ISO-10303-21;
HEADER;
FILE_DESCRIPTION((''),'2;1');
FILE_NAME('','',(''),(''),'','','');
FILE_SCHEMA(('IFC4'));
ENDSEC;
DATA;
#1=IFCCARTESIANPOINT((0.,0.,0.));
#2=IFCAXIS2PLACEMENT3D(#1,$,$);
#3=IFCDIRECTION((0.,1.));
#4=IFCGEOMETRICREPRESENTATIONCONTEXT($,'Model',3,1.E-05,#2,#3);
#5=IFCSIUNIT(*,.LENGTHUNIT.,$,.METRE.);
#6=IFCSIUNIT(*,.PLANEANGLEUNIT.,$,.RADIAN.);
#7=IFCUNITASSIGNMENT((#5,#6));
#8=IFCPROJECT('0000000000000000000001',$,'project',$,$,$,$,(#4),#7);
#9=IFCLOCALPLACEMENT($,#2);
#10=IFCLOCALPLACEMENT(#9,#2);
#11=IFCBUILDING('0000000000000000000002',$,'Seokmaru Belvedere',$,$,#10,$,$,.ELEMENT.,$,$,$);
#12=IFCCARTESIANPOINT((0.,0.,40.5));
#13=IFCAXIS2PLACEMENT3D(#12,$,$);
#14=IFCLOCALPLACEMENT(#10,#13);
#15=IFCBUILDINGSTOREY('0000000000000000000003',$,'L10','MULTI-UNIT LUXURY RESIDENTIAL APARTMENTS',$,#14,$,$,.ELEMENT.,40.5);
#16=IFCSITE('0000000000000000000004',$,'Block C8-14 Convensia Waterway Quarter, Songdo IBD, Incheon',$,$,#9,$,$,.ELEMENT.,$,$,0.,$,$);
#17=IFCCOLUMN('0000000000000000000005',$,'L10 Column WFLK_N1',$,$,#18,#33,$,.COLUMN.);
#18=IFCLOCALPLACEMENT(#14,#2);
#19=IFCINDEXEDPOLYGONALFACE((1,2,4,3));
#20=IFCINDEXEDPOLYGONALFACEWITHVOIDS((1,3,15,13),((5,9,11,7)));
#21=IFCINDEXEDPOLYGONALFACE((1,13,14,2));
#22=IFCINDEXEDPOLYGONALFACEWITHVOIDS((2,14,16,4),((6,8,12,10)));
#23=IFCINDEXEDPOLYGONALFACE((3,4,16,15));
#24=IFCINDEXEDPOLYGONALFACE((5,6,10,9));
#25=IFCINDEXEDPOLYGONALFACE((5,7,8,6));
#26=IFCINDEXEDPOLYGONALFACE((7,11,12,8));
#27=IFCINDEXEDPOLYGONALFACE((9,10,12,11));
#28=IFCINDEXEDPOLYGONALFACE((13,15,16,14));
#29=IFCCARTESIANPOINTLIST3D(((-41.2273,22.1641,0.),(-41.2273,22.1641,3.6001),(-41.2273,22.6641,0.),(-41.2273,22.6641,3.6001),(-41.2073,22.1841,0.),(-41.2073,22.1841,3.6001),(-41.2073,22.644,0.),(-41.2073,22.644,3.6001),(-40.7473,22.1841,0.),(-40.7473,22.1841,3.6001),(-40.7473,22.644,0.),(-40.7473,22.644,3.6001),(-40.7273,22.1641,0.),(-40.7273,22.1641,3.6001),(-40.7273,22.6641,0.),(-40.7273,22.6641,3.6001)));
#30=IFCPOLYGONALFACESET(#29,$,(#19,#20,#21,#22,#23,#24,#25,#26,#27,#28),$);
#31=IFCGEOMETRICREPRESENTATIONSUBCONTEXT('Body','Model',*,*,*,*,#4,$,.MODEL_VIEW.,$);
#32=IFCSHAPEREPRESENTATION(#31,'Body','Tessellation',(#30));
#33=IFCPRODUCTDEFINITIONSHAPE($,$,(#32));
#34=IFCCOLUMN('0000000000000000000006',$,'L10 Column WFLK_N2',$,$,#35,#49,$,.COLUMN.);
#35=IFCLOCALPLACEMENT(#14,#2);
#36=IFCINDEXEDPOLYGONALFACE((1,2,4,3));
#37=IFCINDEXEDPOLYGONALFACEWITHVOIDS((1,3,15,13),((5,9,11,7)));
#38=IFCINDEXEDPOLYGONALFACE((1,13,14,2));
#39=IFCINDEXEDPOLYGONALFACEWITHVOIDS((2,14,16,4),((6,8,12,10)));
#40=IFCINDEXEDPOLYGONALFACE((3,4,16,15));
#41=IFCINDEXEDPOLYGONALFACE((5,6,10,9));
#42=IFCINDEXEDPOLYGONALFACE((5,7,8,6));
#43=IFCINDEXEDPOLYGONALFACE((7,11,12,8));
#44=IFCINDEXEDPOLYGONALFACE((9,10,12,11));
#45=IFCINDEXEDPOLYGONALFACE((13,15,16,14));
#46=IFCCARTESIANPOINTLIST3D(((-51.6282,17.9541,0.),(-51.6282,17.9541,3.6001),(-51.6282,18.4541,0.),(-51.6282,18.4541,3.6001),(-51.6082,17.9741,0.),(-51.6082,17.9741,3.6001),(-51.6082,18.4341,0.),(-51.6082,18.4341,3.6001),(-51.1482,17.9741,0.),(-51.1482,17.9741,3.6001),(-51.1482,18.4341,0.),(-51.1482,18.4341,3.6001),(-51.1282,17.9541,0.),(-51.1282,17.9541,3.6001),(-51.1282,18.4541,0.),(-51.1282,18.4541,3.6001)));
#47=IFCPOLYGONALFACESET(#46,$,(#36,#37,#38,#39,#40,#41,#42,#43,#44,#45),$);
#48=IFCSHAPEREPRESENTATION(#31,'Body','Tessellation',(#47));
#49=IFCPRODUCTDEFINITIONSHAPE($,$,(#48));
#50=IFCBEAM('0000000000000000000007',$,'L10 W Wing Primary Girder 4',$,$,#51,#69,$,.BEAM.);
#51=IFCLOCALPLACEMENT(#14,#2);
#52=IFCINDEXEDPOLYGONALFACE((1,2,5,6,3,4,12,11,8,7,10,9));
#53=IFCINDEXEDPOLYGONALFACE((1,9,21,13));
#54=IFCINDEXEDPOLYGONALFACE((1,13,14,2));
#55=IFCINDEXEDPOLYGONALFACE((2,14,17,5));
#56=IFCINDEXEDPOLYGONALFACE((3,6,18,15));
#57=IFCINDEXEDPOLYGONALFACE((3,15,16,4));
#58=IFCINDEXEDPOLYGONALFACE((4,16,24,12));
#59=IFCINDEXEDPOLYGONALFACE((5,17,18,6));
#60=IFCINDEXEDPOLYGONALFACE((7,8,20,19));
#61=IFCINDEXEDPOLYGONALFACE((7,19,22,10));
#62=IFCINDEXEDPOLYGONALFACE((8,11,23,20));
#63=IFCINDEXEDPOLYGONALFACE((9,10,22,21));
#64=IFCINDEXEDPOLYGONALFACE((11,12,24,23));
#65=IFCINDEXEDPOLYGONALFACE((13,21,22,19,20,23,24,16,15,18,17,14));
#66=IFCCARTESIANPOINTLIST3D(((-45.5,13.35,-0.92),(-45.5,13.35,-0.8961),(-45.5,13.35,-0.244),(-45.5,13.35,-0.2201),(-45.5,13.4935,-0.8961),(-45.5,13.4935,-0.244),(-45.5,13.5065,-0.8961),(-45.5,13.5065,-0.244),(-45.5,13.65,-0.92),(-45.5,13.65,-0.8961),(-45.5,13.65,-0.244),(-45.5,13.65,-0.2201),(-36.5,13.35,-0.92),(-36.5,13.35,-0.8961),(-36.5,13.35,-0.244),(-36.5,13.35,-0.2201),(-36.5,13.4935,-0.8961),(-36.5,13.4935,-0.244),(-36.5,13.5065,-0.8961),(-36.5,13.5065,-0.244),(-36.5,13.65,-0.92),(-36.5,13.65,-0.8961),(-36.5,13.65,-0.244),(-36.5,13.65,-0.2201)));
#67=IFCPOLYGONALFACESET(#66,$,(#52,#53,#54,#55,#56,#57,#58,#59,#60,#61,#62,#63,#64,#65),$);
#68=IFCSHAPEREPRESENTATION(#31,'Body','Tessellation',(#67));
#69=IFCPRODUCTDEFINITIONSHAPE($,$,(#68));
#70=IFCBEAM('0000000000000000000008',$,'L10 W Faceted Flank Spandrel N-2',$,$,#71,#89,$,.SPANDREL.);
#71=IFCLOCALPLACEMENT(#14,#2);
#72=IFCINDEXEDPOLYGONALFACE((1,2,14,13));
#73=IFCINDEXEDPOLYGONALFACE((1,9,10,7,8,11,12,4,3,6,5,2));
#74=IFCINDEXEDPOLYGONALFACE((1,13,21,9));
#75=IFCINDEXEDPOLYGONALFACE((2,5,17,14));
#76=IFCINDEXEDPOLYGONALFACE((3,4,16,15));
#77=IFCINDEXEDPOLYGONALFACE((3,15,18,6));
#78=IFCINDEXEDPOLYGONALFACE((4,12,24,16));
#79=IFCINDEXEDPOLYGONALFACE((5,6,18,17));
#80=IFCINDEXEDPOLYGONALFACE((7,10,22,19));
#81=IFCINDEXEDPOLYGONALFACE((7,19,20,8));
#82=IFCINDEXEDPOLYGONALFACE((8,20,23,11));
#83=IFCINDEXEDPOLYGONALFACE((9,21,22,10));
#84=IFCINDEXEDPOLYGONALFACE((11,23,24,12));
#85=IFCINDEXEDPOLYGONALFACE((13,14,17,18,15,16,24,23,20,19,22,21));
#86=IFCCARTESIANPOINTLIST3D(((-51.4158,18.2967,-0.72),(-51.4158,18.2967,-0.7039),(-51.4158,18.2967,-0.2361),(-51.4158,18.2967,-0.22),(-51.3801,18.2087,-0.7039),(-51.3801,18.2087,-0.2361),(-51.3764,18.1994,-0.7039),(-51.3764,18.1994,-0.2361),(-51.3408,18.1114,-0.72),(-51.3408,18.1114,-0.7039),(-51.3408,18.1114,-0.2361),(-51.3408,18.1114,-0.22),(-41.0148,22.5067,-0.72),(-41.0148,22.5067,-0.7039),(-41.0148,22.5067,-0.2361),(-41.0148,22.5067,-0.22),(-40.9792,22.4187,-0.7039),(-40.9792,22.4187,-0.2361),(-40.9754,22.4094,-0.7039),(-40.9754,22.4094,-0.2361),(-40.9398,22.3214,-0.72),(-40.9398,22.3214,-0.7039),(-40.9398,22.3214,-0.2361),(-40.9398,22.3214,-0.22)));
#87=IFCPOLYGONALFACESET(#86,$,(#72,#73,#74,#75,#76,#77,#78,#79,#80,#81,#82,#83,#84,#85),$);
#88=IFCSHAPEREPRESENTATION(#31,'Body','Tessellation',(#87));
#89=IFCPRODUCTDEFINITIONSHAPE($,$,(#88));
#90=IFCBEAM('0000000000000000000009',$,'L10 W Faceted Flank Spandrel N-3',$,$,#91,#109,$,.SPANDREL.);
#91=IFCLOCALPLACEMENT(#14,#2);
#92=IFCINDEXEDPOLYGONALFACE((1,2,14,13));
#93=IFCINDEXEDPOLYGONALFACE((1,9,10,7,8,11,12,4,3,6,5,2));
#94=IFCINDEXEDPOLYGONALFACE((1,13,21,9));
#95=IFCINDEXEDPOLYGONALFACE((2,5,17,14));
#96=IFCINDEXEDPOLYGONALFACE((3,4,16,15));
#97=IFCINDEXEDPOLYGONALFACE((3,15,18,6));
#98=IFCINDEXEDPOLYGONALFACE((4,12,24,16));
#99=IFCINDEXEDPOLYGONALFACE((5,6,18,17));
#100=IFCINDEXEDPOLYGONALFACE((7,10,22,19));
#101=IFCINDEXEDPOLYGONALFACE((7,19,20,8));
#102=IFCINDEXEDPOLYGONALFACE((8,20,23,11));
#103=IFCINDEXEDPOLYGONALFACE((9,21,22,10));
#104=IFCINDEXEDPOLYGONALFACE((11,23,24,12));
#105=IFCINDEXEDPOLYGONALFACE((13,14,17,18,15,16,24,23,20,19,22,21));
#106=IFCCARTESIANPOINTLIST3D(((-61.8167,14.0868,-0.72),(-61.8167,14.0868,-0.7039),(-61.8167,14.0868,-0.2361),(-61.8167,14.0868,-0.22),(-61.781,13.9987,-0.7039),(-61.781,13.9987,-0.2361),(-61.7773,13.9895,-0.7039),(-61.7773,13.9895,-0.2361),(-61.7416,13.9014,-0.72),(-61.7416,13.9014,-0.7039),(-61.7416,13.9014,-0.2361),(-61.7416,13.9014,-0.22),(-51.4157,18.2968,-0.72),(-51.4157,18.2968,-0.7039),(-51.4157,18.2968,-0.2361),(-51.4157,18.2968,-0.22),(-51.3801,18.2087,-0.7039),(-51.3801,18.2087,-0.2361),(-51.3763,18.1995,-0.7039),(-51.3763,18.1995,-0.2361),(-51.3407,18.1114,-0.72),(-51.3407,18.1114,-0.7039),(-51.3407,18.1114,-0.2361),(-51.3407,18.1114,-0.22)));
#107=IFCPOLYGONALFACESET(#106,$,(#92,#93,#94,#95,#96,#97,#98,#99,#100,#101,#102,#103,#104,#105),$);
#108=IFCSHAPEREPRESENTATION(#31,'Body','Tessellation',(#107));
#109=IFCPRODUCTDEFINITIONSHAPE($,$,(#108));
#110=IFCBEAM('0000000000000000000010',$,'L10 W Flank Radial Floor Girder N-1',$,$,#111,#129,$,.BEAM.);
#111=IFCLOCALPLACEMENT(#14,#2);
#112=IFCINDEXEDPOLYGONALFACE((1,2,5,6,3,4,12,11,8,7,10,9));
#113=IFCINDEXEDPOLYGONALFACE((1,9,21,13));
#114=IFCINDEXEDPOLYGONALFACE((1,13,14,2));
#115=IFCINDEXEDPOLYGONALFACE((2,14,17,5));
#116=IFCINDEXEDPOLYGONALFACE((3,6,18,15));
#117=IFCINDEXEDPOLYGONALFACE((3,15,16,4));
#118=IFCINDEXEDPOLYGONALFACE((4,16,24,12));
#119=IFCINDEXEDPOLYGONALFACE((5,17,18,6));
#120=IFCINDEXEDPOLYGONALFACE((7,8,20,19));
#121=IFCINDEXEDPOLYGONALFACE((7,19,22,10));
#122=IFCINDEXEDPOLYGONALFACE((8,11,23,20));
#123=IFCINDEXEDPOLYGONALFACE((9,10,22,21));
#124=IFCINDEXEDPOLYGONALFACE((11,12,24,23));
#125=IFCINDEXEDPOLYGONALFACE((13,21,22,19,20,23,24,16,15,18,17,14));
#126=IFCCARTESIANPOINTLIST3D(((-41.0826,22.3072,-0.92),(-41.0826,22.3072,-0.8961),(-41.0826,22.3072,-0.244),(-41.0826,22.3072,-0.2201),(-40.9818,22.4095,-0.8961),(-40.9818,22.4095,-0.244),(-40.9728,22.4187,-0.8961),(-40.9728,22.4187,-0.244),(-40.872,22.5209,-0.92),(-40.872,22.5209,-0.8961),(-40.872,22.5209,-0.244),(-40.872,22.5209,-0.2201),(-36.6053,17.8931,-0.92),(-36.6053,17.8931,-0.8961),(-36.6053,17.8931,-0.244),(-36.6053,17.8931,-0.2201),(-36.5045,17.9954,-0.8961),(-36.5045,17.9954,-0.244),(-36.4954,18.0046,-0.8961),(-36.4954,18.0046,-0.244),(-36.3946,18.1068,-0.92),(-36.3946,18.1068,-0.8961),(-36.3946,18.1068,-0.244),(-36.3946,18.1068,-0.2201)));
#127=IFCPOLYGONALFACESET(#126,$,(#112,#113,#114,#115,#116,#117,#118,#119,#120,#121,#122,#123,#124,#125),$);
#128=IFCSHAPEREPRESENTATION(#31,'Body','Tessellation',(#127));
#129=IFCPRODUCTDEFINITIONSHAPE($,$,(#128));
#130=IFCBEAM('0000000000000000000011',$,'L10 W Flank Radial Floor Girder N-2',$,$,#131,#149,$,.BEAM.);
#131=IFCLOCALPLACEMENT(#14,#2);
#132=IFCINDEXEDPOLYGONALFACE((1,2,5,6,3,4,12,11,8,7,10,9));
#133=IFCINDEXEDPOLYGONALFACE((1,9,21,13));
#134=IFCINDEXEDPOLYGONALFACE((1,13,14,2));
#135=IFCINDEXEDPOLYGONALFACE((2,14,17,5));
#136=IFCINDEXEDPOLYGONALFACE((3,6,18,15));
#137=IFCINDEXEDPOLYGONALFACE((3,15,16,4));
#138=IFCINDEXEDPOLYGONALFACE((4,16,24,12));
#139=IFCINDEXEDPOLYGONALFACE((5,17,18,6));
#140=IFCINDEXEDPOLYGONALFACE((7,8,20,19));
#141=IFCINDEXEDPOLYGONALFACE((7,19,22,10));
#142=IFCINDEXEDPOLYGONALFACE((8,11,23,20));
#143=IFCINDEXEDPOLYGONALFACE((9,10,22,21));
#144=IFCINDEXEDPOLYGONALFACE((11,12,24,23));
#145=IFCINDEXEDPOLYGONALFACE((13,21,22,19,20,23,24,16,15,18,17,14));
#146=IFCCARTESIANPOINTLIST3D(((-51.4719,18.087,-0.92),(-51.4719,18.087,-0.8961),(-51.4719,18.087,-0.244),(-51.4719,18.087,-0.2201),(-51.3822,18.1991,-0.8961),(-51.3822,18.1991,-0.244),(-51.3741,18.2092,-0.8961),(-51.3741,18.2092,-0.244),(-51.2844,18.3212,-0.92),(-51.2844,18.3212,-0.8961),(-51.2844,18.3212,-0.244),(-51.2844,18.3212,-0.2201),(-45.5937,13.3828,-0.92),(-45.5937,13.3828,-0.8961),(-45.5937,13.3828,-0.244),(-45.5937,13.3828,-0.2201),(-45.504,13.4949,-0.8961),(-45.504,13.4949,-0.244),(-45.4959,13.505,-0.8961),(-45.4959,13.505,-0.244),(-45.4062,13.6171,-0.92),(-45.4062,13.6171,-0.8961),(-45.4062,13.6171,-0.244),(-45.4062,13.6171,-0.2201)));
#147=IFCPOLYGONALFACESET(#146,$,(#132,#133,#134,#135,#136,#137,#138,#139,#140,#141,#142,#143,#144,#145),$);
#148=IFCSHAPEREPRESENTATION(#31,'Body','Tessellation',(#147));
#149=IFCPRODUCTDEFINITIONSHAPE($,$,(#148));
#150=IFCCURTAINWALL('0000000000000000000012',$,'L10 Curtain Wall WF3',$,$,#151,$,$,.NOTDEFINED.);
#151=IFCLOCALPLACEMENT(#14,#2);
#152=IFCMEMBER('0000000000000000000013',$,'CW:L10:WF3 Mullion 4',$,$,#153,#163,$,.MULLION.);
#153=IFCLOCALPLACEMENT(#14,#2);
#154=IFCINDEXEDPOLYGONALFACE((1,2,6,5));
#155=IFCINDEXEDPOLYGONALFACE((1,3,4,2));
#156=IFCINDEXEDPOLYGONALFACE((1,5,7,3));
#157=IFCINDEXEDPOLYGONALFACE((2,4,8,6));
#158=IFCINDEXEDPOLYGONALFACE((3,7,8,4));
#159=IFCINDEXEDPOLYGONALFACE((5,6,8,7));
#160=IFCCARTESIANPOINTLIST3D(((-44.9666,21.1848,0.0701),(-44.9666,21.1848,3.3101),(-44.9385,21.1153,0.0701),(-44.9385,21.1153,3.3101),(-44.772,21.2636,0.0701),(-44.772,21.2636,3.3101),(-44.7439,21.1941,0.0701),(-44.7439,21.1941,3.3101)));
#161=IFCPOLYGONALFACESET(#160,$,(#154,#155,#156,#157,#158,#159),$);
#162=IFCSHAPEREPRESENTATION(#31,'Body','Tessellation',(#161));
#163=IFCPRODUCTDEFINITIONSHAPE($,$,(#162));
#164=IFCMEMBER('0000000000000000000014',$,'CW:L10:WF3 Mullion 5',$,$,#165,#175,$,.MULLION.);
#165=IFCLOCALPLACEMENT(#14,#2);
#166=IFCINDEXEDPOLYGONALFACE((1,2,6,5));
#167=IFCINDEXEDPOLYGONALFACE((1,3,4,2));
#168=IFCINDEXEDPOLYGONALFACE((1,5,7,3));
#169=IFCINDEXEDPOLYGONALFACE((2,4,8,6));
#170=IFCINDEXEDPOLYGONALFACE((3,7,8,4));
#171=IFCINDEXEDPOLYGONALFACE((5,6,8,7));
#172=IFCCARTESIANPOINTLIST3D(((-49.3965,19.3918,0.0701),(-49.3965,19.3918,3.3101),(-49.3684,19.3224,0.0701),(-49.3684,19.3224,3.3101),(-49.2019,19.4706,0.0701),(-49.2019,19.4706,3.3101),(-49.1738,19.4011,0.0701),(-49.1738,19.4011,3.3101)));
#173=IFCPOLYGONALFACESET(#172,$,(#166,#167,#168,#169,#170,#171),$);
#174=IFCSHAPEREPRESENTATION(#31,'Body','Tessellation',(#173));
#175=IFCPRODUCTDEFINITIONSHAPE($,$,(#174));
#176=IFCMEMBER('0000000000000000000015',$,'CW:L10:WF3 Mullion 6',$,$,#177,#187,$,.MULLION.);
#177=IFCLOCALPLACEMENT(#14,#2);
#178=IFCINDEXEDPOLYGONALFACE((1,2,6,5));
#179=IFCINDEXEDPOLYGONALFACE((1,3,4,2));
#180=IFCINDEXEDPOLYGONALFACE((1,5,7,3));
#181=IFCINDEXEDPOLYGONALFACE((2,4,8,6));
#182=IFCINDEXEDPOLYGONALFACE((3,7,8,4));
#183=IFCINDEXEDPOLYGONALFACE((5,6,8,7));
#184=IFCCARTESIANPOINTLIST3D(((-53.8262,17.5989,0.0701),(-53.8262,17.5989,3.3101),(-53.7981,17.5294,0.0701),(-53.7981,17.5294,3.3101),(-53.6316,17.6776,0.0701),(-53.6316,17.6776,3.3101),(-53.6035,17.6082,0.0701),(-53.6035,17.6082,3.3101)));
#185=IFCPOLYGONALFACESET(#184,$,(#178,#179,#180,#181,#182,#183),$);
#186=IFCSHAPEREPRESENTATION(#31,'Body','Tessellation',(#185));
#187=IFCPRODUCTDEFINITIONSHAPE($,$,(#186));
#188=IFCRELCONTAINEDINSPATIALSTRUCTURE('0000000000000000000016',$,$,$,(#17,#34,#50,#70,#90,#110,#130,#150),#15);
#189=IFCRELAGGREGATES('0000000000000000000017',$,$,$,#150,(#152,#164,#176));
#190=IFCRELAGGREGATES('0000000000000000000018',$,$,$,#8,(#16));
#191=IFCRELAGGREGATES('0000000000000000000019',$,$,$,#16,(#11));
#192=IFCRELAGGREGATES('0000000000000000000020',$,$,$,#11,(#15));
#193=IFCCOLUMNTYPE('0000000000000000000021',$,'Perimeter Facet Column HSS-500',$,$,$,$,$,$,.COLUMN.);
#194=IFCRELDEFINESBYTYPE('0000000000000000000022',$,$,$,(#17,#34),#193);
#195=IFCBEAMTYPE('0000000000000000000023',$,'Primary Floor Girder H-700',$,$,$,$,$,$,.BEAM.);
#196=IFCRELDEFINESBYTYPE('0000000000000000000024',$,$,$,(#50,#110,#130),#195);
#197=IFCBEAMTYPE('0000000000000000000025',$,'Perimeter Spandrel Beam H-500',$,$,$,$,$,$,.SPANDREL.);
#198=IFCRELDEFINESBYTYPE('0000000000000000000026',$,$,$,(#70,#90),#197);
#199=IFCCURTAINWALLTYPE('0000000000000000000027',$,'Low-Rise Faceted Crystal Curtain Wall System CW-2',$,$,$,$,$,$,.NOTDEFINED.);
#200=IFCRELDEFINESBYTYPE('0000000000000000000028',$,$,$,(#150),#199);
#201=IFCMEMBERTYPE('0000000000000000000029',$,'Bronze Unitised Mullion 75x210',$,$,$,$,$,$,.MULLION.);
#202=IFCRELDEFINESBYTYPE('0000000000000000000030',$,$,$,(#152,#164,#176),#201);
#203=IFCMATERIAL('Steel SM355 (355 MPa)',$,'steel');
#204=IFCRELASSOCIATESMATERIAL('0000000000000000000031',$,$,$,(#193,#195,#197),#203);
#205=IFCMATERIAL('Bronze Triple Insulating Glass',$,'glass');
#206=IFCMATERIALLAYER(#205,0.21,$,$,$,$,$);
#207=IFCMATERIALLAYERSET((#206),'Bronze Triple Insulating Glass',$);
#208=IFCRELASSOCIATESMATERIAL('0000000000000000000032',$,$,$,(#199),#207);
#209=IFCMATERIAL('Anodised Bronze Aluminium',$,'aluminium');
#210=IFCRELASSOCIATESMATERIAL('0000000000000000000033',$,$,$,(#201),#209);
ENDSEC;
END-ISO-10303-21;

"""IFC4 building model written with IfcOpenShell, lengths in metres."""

from ifc_helpers import new_model, si_unit, direction, frame, origin, origin_2d, place, context, subcontext, project, spatial, rectangle, hollow_rectangle, i_section, extrude, source, transform, mapped, material, layer, layer_set, material_profile, profile_set, type_object, type_shapes, element, aggregate, save


model = new_model("IFC4")

# Units and contexts
model_context = context("Model", 3, precision=1e-05, world=origin(), true_north=direction((0.0, 1.0)))
body_context = subcontext(model_context, "Body", "Model", "MODEL_VIEW")
ifc_project = project(units=[si_unit("LENGTHUNIT", "METRE"), si_unit("PLANEANGLEUNIT", "RADIAN")], contexts=[model_context])

# Site, building, storey
site_placement = place(None, origin())
site = spatial("IfcSite", under=ifc_project, at=site_placement, Name="Block C8-14 Convensia Waterway Quarter, Songdo IBD, Incheon", CompositionType="ELEMENT", RefElevation=0.0)
building_placement = place(site_placement, origin())
building = spatial("IfcBuilding", under=site, at=building_placement, Name="Seokmaru Belvedere", CompositionType="ELEMENT")
storey_placement = place(building_placement, frame((0.0, 0.0, 40.5)))
storey = spatial("IfcBuildingStorey", under=building, at=storey_placement, Name="L10", Description="MULTI-UNIT LUXURY RESIDENTIAL APARTMENTS", CompositionType="ELEMENT", Elevation=40.5)

# Columns
ifc_material_1 = material(Name="Steel SM355 (355 MPa)", Category="steel")
ifc_material_profile_1 = material_profile(ifc_material_1, hollow_rectangle(XDim=0.5, YDim=0.5, WallThickness=0.02, at=origin_2d()), Name="HSS-500x500x20")
ifc_profile_set_1 = profile_set([ifc_material_profile_1], Name="Steel SM355 (355 MPa)")
column_type = type_object("IfcColumnType", Name="Perimeter Facet Column HSS-500", PredefinedType="COLUMN", material=ifc_profile_set_1)
shared_shape_1 = source(origin(), body_context, "Body", "SweptSolid", [
    extrude(hollow_rectangle(XDim=0.5, YDim=0.5, WallThickness=0.02, at=origin_2d()), origin(), (0.0, 0.0, 1.0), 3.6001),
])
type_shapes(column_type, [shared_shape_1])
for number, where, z_axis, x_axis, name in (
    (1, (-40.9773, 22.4141, 0.0), (0.0, 0.0, 1.0), (1.0, 0.0, 0.0), "L10 Column WFLK_N1"),
    (2, (-51.3782, 18.2041, 0.0), (0.0, 0.0, 1.0), (1.0, 0.0, 0.0), "L10 Column WFLK_N2"),
):
    element("IfcColumn", number, at=place(storey_placement, frame(where, z_axis=z_axis, x_axis=x_axis)), inside=storey, type_object=column_type, Name=name, PredefinedType="COLUMN", context=body_context, shape_type="MappedRepresentation", body=[
        mapped(shared_shape_1, transform((0.0, 0.0, 0.0), scale=1.0)),
    ])

# Beams
ifc_material_profile_2 = material_profile(ifc_material_1, i_section(OverallWidth=0.3, OverallDepth=0.7, WebThickness=0.0129, FlangeThickness=0.0239, at=origin_2d()), Name="H-700x300x13x24")
ifc_profile_set_2 = profile_set([ifc_material_profile_2], Name="Steel SM355 (355 MPa)")
beam_type_1 = type_object("IfcBeamType", Name="Primary Floor Girder H-700", PredefinedType="BEAM", material=ifc_profile_set_2)
shared_shape_2 = source(origin(), body_context, "Body", "SweptSolid", [
    extrude(i_section(OverallWidth=0.3, OverallDepth=0.7, WebThickness=0.0129, FlangeThickness=0.0239, at=origin_2d()), origin(), (0.0, 0.0, 1.0), 9.0),
])
beam_1_placement = place(storey_placement, frame((-45.5, 13.5, -0.5701), z_axis=(1.0, 0.0, 0.0), x_axis=(0.0, 1.0, 0.0)))
element("IfcBeam", 3, at=beam_1_placement, inside=storey, type_object=beam_type_1, Name="L10 W Wing Primary Girder 4", PredefinedType="BEAM", context=body_context, shape_type="MappedRepresentation", body=[
    mapped(shared_shape_2, transform((0.0, 0.0, 0.0), scale=1.0)),
])
ifc_material_profile_3 = material_profile(ifc_material_1, i_section(OverallWidth=0.2, OverallDepth=0.5, WebThickness=0.01, FlangeThickness=0.0161, at=origin_2d()), Name="H-500x200x10x16")
ifc_profile_set_3 = profile_set([ifc_material_profile_3], Name="Steel SM355 (355 MPa)")
beam_type_2 = type_object("IfcBeamType", Name="Perimeter Spandrel Beam H-500", PredefinedType="SPANDREL", material=ifc_profile_set_3)
shared_shape_3 = source(origin(), body_context, "Body", "SweptSolid", [
    extrude(i_section(OverallWidth=0.2, OverallDepth=0.5, WebThickness=0.01, FlangeThickness=0.0161, at=origin_2d()), origin(), (0.0, 0.0, 1.0), 11.2207),
])
type_shapes(beam_type_2, [shared_shape_3])
for number, where, z_axis, x_axis, name in (
    (4, (-40.9773, 22.4141, -0.47), (-0.926944, -0.375199, 0.0), (0.375199, -0.926944, 0.0), "L10 W Faceted Flank Spandrel N-2"),
    (5, (-51.3782, 18.2041, -0.47), (-0.926944, -0.375199, 0.0), (0.375199, -0.926944, 0.0), "L10 W Faceted Flank Spandrel N-3"),
):
    element("IfcBeam", number, at=place(storey_placement, frame(where, z_axis=z_axis, x_axis=x_axis)), inside=storey, type_object=beam_type_2, Name=name, PredefinedType="SPANDREL", context=body_context, shape_type="MappedRepresentation", body=[
        mapped(shared_shape_3, transform((0.0, 0.0, 0.0), scale=1.0)),
    ])
shared_shape_4 = source(origin(), body_context, "Body", "SweptSolid", [
    extrude(i_section(OverallWidth=0.3, OverallDepth=0.7, WebThickness=0.0129, FlangeThickness=0.0239, at=origin_2d()), origin(), (0.0, 0.0, 1.0), 6.2874),
])
beam_2_placement = place(storey_placement, frame((-40.9773, 22.4141, -0.5701), z_axis=(0.712117, -0.70206, 0.0), x_axis=(0.70206, 0.712117, 0.0)))
element("IfcBeam", 6, at=beam_2_placement, inside=storey, type_object=beam_type_1, Name="L10 W Flank Radial Floor Girder N-1", PredefinedType="BEAM", context=body_context, shape_type="MappedRepresentation", body=[
    mapped(shared_shape_4, transform((0.0, 0.0, 0.0), scale=1.0)),
])
shared_shape_5 = source(origin(), body_context, "Body", "SweptSolid", [
    extrude(i_section(OverallWidth=0.3, OverallDepth=0.7, WebThickness=0.0129, FlangeThickness=0.0239, at=origin_2d()), origin(), (0.0, 0.0, 1.0), 7.5288),
])
type_shapes(beam_type_1, [shared_shape_2, shared_shape_4, shared_shape_5])
beam_3_placement = place(storey_placement, frame((-51.3782, 18.2041, -0.5701), z_axis=(0.780768, -0.624822, 0.0), x_axis=(0.624822, 0.780768, 0.0)))
element("IfcBeam", 7, at=beam_3_placement, inside=storey, type_object=beam_type_1, Name="L10 W Flank Radial Floor Girder N-2", PredefinedType="BEAM", context=body_context, shape_type="MappedRepresentation", body=[
    mapped(shared_shape_5, transform((0.0, 0.0, 0.0), scale=1.0)),
])

# Curtain wall, members
ifc_material_2 = material(Name="Bronze Triple Insulating Glass", Category="glass")
ifc_layer_1 = layer(ifc_material_2, 0.21)
ifc_layer_set_1 = layer_set([ifc_layer_1], Name="Bronze Triple Insulating Glass")
curtain_wall_type = type_object("IfcCurtainWallType", Name="Low-Rise Faceted Crystal Curtain Wall System CW-2", PredefinedType="NOTDEFINED", material=ifc_layer_set_1)
curtain_wall_placement = place(storey_placement, origin())
curtain_wall = element("IfcCurtainWall", 8, at=curtain_wall_placement, inside=storey, type_object=curtain_wall_type, Name="L10 Curtain Wall WF3", PredefinedType="NOTDEFINED")
ifc_material_3 = material(Name="Anodised Bronze Aluminium", Category="aluminium")
ifc_material_profile_4 = material_profile(ifc_material_3, rectangle(XDim=0.075, YDim=0.21, at=origin_2d()), Name="CW-M-75x210")
ifc_profile_set_4 = profile_set([ifc_material_profile_4], Name="Anodised Bronze Aluminium")
member_type = type_object("IfcMemberType", Name="Bronze Unitised Mullion 75x210", PredefinedType="MULLION", material=ifc_profile_set_4)
shared_shape_6 = source(origin(), body_context, "Body", "SweptSolid", [
    extrude(rectangle(XDim=0.075, YDim=0.21, at=origin_2d()), origin(), (0.0, 0.0, 1.0), 3.24),
])
type_shapes(member_type, [shared_shape_6])
member_1_placement = place(storey_placement, frame((-44.8552, 21.1895, 0.0701), z_axis=(0.0, 0.0, 1.0), x_axis=(0.375192, -0.926947, 0.0)))
member_1 = element("IfcMember", 9, at=member_1_placement, type_object=member_type, Name="CW:L10:WF3 Mullion 4", PredefinedType="MULLION", context=body_context, shape_type="MappedRepresentation", body=[
    mapped(shared_shape_6, transform((0.0, 0.0, 0.0), scale=1.0)),
])
member_2_placement = place(storey_placement, frame((-49.2852, 19.3965, 0.0701), z_axis=(0.0, 0.0, 1.0), x_axis=(0.375192, -0.926947, 0.0)))
member_2 = element("IfcMember", 10, at=member_2_placement, type_object=member_type, Name="CW:L10:WF3 Mullion 5", PredefinedType="MULLION", context=body_context, shape_type="MappedRepresentation", body=[
    mapped(shared_shape_6, transform((0.0, 0.0, 0.0), scale=1.0)),
])
member_3_placement = place(storey_placement, frame((-53.7148, 17.6035, 0.0701), z_axis=(0.0, 0.0, 1.0), x_axis=(0.375192, -0.926947, 0.0)))
member_3 = element("IfcMember", 11, at=member_3_placement, type_object=member_type, Name="CW:L10:WF3 Mullion 6", PredefinedType="MULLION", context=body_context, shape_type="MappedRepresentation", body=[
    mapped(shared_shape_6, transform((0.0, 0.0, 0.0), scale=1.0)),
])
aggregate(curtain_wall, [member_1, member_2, member_3])

save(model, "model.ifc")
